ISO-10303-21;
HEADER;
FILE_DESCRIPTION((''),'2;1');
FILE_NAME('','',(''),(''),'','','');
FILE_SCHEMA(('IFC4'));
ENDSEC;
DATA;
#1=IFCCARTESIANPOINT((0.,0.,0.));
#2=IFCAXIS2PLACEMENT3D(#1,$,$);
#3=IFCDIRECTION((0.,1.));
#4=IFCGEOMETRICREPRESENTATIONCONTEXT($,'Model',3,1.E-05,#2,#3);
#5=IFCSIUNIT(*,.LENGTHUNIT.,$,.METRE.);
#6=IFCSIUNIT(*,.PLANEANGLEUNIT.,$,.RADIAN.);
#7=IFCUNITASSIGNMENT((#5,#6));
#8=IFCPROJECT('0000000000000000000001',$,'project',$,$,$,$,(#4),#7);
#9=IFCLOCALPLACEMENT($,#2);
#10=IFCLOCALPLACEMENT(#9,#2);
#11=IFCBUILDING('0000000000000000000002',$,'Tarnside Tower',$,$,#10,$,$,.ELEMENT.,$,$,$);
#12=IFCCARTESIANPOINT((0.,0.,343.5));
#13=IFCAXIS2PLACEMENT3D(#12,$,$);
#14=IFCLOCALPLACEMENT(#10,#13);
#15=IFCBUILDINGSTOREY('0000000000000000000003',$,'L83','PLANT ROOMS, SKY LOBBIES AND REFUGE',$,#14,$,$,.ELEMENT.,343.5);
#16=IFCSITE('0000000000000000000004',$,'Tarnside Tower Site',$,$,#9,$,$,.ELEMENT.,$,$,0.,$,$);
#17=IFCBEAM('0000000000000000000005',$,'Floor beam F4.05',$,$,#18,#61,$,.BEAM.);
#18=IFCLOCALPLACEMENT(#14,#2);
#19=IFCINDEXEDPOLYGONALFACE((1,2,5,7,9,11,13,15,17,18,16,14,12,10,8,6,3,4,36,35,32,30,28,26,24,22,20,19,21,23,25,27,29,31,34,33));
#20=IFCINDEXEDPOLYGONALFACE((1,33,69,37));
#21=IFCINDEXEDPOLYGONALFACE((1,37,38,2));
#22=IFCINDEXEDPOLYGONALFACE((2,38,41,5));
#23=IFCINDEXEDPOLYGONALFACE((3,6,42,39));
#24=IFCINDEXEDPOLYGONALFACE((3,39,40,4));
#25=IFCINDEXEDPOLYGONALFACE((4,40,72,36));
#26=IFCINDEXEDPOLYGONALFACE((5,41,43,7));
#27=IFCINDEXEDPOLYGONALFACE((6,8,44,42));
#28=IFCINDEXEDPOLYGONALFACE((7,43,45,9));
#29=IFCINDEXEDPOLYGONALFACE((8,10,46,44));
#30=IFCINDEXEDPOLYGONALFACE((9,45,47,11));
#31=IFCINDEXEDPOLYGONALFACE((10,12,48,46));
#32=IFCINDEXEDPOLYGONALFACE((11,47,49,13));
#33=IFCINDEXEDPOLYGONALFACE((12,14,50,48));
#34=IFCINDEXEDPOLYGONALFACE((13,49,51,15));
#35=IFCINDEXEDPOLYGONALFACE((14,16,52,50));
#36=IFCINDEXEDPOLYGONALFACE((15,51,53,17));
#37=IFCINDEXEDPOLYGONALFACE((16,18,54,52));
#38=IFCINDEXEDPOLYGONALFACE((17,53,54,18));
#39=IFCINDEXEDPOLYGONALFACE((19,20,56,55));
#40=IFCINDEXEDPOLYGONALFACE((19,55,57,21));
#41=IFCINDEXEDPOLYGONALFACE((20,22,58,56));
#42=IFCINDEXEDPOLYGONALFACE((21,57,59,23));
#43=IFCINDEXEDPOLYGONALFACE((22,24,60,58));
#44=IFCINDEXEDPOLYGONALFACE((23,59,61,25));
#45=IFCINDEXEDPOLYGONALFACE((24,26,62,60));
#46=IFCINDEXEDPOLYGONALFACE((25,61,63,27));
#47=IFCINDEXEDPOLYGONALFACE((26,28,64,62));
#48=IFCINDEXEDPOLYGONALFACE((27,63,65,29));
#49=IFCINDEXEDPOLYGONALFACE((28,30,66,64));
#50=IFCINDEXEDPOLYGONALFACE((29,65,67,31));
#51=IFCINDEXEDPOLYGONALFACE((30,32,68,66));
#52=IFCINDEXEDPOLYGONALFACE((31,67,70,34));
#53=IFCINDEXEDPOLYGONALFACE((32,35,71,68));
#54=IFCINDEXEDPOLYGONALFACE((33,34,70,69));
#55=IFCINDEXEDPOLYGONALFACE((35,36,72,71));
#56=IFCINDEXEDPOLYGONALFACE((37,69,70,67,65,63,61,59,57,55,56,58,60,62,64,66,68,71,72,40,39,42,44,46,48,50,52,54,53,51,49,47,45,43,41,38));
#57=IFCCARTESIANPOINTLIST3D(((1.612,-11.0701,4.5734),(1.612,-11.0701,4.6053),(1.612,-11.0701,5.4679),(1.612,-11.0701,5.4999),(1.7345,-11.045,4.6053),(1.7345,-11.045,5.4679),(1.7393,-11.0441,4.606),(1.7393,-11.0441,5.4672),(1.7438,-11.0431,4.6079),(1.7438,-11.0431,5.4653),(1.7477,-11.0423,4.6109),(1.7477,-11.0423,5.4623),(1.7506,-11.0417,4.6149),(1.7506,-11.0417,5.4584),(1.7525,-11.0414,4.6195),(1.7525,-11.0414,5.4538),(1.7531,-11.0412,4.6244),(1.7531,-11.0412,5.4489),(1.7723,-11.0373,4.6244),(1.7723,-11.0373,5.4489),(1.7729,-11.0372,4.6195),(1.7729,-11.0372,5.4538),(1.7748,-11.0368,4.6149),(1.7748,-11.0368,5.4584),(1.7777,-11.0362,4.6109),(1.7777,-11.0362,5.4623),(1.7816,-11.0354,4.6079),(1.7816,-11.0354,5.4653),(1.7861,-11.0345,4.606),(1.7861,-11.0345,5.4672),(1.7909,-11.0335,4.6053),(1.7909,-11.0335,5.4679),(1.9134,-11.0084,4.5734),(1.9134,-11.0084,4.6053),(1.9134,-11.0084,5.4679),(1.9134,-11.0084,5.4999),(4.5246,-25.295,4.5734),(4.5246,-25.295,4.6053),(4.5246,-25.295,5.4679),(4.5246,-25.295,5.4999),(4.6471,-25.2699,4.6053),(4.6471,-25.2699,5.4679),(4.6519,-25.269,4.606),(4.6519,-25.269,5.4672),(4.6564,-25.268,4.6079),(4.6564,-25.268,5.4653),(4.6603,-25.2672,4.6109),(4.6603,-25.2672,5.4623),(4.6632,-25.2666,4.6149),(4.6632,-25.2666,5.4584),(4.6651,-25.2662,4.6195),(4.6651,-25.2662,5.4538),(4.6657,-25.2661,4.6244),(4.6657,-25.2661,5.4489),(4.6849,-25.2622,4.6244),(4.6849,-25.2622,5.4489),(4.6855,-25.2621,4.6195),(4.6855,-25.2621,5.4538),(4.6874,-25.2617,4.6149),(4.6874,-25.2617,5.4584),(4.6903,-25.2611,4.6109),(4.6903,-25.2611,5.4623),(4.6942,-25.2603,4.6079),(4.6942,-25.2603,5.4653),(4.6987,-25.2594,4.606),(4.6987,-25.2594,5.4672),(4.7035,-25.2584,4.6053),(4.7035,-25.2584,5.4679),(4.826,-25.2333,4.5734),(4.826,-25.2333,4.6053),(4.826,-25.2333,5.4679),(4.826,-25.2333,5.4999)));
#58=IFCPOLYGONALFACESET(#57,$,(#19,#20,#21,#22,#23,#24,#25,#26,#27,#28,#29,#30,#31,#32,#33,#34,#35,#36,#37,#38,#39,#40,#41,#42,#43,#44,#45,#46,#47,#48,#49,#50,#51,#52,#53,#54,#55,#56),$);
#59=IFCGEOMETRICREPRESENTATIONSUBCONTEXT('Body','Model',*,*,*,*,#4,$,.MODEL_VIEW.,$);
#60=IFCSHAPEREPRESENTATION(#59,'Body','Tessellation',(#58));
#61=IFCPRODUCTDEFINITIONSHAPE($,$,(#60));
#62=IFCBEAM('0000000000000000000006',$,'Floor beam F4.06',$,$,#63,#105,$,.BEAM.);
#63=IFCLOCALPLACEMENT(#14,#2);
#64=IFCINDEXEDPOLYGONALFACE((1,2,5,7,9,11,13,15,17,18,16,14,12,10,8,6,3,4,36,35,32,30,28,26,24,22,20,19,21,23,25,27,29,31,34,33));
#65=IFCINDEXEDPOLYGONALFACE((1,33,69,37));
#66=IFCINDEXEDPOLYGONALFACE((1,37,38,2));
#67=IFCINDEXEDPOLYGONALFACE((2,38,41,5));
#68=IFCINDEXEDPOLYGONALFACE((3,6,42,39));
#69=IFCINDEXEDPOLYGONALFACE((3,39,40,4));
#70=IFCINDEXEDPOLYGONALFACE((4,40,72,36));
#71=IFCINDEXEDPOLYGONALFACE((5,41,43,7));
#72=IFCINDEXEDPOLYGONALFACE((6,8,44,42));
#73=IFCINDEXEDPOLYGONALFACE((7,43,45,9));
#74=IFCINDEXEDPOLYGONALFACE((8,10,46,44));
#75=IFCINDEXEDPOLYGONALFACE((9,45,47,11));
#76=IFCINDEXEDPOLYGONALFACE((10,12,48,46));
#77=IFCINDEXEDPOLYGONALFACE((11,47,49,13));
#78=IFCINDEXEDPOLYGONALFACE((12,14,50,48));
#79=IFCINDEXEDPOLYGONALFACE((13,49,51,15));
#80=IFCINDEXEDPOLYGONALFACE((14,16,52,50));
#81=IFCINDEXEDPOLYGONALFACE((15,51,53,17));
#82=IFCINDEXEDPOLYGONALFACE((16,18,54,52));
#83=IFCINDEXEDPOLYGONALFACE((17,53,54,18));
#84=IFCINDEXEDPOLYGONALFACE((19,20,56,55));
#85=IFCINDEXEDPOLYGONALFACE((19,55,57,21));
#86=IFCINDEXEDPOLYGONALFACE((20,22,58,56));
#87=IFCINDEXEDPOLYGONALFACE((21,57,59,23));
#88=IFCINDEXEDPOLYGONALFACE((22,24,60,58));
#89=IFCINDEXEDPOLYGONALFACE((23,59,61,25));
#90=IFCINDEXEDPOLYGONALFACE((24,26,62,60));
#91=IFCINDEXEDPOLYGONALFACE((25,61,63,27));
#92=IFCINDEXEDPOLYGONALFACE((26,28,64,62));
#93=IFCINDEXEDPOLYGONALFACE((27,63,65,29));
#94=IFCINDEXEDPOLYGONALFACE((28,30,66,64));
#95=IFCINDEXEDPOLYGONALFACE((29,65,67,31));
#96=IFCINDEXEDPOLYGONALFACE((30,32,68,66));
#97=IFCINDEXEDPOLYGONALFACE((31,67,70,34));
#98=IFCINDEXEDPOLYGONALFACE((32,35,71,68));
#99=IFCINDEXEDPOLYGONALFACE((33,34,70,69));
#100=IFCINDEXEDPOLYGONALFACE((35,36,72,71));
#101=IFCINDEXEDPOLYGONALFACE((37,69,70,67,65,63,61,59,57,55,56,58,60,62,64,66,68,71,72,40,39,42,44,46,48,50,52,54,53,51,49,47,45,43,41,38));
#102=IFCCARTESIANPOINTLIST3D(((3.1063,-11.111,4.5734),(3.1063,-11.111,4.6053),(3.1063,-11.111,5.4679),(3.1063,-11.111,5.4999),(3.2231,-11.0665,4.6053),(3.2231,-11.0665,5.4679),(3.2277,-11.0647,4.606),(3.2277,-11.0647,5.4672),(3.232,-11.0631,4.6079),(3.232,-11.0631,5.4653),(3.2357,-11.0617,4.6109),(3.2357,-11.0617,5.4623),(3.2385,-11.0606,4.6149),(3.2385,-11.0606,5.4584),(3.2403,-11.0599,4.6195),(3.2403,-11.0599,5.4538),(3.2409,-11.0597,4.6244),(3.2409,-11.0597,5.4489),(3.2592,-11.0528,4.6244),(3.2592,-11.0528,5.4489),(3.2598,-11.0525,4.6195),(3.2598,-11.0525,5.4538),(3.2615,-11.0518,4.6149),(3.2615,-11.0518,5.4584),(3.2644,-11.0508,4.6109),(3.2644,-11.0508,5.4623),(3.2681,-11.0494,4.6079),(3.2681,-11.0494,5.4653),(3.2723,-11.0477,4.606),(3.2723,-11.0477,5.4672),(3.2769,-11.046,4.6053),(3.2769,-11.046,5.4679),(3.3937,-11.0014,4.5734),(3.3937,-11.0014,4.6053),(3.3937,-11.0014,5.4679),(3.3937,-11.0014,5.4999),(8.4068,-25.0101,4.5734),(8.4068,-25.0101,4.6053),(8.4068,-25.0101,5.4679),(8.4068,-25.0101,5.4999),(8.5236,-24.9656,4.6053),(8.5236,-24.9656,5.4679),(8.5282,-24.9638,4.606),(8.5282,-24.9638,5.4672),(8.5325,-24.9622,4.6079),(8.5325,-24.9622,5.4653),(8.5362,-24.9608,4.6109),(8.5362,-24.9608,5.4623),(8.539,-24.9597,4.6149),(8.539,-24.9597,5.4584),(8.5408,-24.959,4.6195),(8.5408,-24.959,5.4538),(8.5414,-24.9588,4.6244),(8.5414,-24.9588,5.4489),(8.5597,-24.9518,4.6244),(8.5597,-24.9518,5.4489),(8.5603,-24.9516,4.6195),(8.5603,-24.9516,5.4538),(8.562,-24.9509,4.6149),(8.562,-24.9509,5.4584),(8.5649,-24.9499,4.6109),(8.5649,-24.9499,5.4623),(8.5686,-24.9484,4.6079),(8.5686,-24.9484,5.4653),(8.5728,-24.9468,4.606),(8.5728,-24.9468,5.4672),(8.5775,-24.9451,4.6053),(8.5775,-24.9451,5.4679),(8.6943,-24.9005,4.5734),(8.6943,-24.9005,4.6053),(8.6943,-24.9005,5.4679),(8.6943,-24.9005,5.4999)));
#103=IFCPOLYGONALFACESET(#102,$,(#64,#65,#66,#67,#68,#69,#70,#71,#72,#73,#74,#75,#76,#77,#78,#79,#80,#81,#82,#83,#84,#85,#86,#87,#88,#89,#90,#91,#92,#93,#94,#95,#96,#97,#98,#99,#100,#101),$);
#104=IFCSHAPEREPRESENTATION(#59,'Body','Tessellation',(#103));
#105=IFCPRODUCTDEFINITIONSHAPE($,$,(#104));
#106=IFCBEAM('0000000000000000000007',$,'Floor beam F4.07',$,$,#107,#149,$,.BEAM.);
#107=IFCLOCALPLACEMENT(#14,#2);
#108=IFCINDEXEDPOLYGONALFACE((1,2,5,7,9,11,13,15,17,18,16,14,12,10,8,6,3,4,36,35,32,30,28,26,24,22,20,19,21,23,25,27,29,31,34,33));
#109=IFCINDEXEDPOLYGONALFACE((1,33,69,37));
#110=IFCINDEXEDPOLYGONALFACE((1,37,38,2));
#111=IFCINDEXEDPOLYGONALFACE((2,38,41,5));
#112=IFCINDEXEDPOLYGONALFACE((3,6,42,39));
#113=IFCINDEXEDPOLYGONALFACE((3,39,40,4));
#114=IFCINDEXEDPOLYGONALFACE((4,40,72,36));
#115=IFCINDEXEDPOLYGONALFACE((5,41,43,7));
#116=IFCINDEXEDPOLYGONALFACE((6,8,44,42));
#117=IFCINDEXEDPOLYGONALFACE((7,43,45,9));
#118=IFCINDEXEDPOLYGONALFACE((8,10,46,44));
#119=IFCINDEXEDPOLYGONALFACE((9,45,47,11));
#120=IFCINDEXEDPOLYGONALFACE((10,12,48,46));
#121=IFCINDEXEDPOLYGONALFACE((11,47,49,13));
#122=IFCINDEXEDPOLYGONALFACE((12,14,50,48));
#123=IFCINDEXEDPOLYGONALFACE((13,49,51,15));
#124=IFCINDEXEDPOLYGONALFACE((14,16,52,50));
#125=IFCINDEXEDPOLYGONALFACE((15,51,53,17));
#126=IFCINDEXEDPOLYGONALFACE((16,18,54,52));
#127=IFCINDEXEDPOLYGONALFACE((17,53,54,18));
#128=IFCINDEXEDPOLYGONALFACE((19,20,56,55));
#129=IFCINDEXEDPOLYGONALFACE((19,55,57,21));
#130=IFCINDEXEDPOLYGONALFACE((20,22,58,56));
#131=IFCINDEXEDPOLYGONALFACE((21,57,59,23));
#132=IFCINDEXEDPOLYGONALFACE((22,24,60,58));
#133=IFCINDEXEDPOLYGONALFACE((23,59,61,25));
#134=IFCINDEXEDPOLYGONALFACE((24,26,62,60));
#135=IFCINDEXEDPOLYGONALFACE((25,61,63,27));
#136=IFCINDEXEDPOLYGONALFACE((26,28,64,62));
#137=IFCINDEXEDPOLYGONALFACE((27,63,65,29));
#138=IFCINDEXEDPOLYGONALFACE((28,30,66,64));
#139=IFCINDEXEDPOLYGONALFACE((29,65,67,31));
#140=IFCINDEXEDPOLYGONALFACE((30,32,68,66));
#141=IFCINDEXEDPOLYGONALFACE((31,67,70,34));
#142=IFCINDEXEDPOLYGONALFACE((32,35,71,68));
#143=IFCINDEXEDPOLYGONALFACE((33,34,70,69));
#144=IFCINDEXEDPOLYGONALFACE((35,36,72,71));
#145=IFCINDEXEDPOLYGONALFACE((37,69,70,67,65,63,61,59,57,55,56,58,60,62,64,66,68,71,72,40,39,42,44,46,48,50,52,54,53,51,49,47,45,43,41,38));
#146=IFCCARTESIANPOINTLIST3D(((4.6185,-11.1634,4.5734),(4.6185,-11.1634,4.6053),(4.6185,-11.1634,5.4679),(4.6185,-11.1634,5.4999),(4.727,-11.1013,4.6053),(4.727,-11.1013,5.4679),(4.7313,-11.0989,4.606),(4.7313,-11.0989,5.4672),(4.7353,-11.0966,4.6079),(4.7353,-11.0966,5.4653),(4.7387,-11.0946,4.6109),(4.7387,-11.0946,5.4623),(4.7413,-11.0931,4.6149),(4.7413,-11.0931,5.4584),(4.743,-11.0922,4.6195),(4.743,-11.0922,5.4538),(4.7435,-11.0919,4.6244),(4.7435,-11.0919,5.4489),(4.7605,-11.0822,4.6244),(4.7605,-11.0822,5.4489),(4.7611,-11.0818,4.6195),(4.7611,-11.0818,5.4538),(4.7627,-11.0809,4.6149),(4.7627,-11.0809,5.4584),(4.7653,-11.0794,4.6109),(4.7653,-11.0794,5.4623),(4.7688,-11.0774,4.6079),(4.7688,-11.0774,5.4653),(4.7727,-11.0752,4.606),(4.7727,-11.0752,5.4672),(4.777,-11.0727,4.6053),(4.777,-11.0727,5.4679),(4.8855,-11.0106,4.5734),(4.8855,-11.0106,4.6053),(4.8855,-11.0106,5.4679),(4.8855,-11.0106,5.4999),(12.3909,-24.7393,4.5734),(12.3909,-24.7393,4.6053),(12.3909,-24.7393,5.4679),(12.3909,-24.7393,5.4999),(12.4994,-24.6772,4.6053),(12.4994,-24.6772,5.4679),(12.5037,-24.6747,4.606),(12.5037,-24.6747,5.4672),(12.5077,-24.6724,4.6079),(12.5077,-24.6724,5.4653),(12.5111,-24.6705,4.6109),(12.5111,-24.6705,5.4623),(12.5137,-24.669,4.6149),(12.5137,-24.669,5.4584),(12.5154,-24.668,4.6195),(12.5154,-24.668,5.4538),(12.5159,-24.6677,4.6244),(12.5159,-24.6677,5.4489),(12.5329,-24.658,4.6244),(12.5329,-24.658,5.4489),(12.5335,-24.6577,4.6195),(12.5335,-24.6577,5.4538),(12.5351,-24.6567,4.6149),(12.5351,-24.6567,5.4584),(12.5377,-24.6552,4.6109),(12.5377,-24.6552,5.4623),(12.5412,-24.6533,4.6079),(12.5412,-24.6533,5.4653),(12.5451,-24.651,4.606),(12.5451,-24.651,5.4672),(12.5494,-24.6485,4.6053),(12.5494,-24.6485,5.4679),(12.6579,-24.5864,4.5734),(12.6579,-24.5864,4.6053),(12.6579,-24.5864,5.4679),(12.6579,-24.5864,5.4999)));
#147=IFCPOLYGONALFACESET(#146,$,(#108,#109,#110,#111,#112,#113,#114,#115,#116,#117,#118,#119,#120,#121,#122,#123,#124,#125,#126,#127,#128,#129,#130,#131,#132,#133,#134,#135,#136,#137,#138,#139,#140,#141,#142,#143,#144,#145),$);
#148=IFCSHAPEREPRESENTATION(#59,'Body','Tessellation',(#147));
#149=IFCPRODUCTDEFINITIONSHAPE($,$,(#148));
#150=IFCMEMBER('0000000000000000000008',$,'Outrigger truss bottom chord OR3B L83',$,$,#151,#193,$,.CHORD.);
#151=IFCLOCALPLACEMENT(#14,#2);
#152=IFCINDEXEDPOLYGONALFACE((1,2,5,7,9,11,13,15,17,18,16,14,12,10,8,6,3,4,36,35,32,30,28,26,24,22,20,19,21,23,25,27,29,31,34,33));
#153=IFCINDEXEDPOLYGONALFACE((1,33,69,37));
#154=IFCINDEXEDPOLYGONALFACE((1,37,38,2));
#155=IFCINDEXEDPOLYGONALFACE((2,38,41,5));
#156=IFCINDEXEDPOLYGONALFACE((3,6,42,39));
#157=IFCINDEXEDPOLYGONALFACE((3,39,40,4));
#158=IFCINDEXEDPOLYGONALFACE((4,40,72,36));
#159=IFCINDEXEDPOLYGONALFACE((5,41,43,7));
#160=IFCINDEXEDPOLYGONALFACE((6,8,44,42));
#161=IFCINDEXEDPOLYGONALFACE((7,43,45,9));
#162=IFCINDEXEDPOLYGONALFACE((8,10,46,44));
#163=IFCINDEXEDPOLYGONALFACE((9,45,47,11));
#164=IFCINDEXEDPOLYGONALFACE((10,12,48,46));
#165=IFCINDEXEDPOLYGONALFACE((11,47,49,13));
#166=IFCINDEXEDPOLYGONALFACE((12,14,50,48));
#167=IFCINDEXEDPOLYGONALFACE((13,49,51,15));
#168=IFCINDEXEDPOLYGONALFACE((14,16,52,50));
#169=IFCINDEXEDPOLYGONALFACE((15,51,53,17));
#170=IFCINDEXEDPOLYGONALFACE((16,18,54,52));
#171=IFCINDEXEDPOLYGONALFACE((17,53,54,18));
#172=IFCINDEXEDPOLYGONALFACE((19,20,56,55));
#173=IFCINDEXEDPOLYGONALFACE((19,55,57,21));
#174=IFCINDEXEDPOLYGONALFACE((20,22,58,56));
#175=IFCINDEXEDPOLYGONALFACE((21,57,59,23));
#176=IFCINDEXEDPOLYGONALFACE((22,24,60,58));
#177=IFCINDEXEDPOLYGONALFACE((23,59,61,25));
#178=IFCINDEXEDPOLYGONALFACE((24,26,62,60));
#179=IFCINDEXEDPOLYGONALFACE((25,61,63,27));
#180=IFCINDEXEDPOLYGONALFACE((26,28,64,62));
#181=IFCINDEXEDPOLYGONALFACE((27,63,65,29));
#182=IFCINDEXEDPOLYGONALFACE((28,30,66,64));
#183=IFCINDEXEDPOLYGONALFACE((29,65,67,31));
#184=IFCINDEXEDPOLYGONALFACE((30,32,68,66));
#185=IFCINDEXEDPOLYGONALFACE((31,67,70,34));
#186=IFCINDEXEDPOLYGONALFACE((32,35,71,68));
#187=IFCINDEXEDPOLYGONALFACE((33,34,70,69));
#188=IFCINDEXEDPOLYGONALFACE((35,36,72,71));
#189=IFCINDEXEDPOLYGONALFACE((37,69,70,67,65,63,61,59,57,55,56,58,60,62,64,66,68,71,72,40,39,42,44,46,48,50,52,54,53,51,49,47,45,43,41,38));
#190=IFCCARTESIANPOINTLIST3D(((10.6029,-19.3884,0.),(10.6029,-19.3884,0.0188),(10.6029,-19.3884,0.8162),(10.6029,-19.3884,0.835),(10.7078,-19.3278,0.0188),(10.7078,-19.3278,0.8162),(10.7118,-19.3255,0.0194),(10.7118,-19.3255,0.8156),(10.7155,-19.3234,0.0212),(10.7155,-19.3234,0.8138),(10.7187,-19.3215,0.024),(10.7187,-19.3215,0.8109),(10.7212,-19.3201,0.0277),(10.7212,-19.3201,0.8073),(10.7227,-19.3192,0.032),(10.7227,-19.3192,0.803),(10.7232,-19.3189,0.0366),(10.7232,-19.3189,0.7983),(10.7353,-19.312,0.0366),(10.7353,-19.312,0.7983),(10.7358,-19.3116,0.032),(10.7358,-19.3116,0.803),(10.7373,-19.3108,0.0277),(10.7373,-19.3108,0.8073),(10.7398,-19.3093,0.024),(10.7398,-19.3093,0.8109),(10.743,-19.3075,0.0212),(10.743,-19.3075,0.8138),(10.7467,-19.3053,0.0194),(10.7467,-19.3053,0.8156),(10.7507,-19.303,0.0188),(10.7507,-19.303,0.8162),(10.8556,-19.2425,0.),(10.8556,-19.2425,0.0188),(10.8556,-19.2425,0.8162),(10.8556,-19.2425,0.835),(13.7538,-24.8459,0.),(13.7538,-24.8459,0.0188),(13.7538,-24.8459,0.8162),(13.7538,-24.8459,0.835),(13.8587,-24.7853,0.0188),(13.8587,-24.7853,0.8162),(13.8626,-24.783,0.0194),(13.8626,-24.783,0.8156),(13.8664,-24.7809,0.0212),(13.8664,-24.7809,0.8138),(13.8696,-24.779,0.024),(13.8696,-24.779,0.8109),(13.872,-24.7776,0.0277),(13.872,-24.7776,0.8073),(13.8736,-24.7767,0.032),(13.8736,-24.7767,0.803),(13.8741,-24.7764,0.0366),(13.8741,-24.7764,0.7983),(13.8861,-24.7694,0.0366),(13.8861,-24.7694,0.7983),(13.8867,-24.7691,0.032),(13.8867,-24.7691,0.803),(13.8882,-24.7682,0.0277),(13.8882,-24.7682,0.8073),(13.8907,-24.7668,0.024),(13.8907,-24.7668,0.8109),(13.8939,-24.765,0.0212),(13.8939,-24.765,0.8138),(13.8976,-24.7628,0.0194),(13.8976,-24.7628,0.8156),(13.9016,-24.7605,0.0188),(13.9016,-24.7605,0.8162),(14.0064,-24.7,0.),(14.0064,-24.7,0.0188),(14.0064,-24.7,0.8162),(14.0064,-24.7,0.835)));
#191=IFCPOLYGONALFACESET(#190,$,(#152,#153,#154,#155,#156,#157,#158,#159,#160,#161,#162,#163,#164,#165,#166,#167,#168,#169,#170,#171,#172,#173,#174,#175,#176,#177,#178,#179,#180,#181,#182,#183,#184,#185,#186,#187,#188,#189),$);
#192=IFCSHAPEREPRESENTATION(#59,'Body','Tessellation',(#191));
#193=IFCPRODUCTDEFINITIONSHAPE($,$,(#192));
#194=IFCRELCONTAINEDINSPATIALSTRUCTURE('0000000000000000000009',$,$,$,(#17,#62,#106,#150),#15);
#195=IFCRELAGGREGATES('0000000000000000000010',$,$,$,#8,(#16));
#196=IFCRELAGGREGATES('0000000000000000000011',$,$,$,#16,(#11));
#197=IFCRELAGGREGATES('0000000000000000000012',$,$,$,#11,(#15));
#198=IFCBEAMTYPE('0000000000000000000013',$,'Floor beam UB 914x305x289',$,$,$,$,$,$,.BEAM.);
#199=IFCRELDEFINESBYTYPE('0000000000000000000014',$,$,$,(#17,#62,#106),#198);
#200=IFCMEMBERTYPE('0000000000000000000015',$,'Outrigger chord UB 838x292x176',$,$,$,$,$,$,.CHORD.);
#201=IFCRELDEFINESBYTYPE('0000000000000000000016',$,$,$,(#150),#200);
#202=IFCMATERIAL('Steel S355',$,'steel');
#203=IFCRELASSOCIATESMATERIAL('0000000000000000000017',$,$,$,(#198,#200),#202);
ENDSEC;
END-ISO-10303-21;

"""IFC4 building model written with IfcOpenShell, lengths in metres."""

from ifc_helpers import new_model, si_unit, direction, frame, origin, origin_2d, place, context, subcontext, project, spatial, i_section, extrude, material, material_profile, profile_set, type_object, element, save


model = new_model("IFC4")

# Units and contexts
model_context = context("Model", 3, precision=1e-05, world=origin(), true_north=direction((0.0, 1.0)))
body_context = subcontext(model_context, "Body", "Model", "MODEL_VIEW")
ifc_project = project(units=[si_unit("LENGTHUNIT", "METRE"), si_unit("PLANEANGLEUNIT", "RADIAN")], contexts=[model_context])

# Site, building, storey
site_placement = place(None, origin())
site = spatial("IfcSite", under=ifc_project, at=site_placement, Name="Tarnside Tower Site", CompositionType="ELEMENT", RefElevation=0.0)
building_placement = place(site_placement, origin())
building = spatial("IfcBuilding", under=site, at=building_placement, Name="Tarnside Tower", CompositionType="ELEMENT")
storey_placement = place(building_placement, frame((0.0, 0.0, 343.5)))
storey = spatial("IfcBuildingStorey", under=building, at=storey_placement, Name="L83", Description="PLANT ROOMS, SKY LOBBIES AND REFUGE", CompositionType="ELEMENT", Elevation=343.5)

# Beams
ifc_material_1 = material(Name="Steel S355", Category="steel")
ifc_material_profile_1 = material_profile(ifc_material_1, i_section(OverallWidth=0.3076, OverallDepth=0.9265, WebThickness=0.0195, FlangeThickness=0.032, FilletRadius=0.019, at=origin_2d()), Name="UB 914x305x289")
ifc_profile_set_1 = profile_set([ifc_material_profile_1], Name="Steel S355")
beam_type = type_object("IfcBeamType", Name="Floor beam UB 914x305x289", PredefinedType="BEAM", material=ifc_profile_set_1)
beam_1_placement = place(storey_placement, frame((4.6753, -25.2642, 5.0366), z_axis=(-0.200592, 0.979675, 0.0), x_axis=(-0.979675, -0.200592, 0.0)))
element("IfcBeam", 1, at=beam_1_placement, inside=storey, type_object=beam_type, Name="Floor beam F4.05", PredefinedType="BEAM", context=body_context, shape_type="SweptSolid", body=[
    extrude(i_section(OverallWidth=0.3076, OverallDepth=0.9265, WebThickness=0.0195, FlangeThickness=0.032, FilletRadius=0.019, at=origin_2d()), origin(), (0.0, 0.0, 1.0), 14.52),
])
beam_2_placement = place(storey_placement, frame((8.5505, -24.9553, 5.0366), z_axis=(-0.356325, 0.934362, 0.0), x_axis=(-0.934362, -0.356325, 0.0)))
element("IfcBeam", 2, at=beam_2_placement, inside=storey, type_object=beam_type, Name="Floor beam F4.06", PredefinedType="BEAM", context=body_context, shape_type="SweptSolid", body=[
    extrude(i_section(OverallWidth=0.3076, OverallDepth=0.9265, WebThickness=0.0195, FlangeThickness=0.032, FilletRadius=0.019, at=origin_2d()), origin(), (0.0, 0.0, 1.0), 14.8755),
])
beam_3_placement = place(storey_placement, frame((12.5244, -24.6628, 5.0366), z_axis=(-0.496851, 0.867836, 0.0), x_axis=(-0.867836, -0.496851, 0.0)))
element("IfcBeam", 3, at=beam_3_placement, inside=storey, type_object=beam_type, Name="Floor beam F4.07", PredefinedType="BEAM", context=body_context, shape_type="SweptSolid", body=[
    extrude(i_section(OverallWidth=0.3076, OverallDepth=0.9265, WebThickness=0.0195, FlangeThickness=0.032, FilletRadius=0.019, at=origin_2d()), origin(), (0.0, 0.0, 1.0), 15.6433),
])

# Member
ifc_material_profile_2 = material_profile(ifc_material_1, i_section(OverallWidth=0.2917, OverallDepth=0.835, WebThickness=0.0139, FlangeThickness=0.0188, FilletRadius=0.0178, at=origin_2d()), Name="UB 838x292x176")
ifc_profile_set_2 = profile_set([ifc_material_profile_2], Name="Steel S355")
member_type_1 = type_object("IfcMemberType", Name="Outrigger chord UB 838x292x176", PredefinedType="CHORD", material=ifc_profile_set_2)
member_1_placement = place(storey_placement, frame((10.7292, -19.3154, 0.4175), z_axis=(0.499997, -0.866027, 0.0), x_axis=(0.866027, 0.499997, 0.0)))
element("IfcMember", 4, at=member_1_placement, inside=storey, type_object=member_type_1, Name="Outrigger truss bottom chord OR3B L83", PredefinedType="CHORD", context=body_context, shape_type="SweptSolid", body=[
    extrude(i_section(OverallWidth=0.2917, OverallDepth=0.835, WebThickness=0.0139, FlangeThickness=0.0188, FilletRadius=0.0178, at=origin_2d()), origin(), (0.0, 0.0, 1.0), 6.3018),
])

save(model, "model.ifc")
